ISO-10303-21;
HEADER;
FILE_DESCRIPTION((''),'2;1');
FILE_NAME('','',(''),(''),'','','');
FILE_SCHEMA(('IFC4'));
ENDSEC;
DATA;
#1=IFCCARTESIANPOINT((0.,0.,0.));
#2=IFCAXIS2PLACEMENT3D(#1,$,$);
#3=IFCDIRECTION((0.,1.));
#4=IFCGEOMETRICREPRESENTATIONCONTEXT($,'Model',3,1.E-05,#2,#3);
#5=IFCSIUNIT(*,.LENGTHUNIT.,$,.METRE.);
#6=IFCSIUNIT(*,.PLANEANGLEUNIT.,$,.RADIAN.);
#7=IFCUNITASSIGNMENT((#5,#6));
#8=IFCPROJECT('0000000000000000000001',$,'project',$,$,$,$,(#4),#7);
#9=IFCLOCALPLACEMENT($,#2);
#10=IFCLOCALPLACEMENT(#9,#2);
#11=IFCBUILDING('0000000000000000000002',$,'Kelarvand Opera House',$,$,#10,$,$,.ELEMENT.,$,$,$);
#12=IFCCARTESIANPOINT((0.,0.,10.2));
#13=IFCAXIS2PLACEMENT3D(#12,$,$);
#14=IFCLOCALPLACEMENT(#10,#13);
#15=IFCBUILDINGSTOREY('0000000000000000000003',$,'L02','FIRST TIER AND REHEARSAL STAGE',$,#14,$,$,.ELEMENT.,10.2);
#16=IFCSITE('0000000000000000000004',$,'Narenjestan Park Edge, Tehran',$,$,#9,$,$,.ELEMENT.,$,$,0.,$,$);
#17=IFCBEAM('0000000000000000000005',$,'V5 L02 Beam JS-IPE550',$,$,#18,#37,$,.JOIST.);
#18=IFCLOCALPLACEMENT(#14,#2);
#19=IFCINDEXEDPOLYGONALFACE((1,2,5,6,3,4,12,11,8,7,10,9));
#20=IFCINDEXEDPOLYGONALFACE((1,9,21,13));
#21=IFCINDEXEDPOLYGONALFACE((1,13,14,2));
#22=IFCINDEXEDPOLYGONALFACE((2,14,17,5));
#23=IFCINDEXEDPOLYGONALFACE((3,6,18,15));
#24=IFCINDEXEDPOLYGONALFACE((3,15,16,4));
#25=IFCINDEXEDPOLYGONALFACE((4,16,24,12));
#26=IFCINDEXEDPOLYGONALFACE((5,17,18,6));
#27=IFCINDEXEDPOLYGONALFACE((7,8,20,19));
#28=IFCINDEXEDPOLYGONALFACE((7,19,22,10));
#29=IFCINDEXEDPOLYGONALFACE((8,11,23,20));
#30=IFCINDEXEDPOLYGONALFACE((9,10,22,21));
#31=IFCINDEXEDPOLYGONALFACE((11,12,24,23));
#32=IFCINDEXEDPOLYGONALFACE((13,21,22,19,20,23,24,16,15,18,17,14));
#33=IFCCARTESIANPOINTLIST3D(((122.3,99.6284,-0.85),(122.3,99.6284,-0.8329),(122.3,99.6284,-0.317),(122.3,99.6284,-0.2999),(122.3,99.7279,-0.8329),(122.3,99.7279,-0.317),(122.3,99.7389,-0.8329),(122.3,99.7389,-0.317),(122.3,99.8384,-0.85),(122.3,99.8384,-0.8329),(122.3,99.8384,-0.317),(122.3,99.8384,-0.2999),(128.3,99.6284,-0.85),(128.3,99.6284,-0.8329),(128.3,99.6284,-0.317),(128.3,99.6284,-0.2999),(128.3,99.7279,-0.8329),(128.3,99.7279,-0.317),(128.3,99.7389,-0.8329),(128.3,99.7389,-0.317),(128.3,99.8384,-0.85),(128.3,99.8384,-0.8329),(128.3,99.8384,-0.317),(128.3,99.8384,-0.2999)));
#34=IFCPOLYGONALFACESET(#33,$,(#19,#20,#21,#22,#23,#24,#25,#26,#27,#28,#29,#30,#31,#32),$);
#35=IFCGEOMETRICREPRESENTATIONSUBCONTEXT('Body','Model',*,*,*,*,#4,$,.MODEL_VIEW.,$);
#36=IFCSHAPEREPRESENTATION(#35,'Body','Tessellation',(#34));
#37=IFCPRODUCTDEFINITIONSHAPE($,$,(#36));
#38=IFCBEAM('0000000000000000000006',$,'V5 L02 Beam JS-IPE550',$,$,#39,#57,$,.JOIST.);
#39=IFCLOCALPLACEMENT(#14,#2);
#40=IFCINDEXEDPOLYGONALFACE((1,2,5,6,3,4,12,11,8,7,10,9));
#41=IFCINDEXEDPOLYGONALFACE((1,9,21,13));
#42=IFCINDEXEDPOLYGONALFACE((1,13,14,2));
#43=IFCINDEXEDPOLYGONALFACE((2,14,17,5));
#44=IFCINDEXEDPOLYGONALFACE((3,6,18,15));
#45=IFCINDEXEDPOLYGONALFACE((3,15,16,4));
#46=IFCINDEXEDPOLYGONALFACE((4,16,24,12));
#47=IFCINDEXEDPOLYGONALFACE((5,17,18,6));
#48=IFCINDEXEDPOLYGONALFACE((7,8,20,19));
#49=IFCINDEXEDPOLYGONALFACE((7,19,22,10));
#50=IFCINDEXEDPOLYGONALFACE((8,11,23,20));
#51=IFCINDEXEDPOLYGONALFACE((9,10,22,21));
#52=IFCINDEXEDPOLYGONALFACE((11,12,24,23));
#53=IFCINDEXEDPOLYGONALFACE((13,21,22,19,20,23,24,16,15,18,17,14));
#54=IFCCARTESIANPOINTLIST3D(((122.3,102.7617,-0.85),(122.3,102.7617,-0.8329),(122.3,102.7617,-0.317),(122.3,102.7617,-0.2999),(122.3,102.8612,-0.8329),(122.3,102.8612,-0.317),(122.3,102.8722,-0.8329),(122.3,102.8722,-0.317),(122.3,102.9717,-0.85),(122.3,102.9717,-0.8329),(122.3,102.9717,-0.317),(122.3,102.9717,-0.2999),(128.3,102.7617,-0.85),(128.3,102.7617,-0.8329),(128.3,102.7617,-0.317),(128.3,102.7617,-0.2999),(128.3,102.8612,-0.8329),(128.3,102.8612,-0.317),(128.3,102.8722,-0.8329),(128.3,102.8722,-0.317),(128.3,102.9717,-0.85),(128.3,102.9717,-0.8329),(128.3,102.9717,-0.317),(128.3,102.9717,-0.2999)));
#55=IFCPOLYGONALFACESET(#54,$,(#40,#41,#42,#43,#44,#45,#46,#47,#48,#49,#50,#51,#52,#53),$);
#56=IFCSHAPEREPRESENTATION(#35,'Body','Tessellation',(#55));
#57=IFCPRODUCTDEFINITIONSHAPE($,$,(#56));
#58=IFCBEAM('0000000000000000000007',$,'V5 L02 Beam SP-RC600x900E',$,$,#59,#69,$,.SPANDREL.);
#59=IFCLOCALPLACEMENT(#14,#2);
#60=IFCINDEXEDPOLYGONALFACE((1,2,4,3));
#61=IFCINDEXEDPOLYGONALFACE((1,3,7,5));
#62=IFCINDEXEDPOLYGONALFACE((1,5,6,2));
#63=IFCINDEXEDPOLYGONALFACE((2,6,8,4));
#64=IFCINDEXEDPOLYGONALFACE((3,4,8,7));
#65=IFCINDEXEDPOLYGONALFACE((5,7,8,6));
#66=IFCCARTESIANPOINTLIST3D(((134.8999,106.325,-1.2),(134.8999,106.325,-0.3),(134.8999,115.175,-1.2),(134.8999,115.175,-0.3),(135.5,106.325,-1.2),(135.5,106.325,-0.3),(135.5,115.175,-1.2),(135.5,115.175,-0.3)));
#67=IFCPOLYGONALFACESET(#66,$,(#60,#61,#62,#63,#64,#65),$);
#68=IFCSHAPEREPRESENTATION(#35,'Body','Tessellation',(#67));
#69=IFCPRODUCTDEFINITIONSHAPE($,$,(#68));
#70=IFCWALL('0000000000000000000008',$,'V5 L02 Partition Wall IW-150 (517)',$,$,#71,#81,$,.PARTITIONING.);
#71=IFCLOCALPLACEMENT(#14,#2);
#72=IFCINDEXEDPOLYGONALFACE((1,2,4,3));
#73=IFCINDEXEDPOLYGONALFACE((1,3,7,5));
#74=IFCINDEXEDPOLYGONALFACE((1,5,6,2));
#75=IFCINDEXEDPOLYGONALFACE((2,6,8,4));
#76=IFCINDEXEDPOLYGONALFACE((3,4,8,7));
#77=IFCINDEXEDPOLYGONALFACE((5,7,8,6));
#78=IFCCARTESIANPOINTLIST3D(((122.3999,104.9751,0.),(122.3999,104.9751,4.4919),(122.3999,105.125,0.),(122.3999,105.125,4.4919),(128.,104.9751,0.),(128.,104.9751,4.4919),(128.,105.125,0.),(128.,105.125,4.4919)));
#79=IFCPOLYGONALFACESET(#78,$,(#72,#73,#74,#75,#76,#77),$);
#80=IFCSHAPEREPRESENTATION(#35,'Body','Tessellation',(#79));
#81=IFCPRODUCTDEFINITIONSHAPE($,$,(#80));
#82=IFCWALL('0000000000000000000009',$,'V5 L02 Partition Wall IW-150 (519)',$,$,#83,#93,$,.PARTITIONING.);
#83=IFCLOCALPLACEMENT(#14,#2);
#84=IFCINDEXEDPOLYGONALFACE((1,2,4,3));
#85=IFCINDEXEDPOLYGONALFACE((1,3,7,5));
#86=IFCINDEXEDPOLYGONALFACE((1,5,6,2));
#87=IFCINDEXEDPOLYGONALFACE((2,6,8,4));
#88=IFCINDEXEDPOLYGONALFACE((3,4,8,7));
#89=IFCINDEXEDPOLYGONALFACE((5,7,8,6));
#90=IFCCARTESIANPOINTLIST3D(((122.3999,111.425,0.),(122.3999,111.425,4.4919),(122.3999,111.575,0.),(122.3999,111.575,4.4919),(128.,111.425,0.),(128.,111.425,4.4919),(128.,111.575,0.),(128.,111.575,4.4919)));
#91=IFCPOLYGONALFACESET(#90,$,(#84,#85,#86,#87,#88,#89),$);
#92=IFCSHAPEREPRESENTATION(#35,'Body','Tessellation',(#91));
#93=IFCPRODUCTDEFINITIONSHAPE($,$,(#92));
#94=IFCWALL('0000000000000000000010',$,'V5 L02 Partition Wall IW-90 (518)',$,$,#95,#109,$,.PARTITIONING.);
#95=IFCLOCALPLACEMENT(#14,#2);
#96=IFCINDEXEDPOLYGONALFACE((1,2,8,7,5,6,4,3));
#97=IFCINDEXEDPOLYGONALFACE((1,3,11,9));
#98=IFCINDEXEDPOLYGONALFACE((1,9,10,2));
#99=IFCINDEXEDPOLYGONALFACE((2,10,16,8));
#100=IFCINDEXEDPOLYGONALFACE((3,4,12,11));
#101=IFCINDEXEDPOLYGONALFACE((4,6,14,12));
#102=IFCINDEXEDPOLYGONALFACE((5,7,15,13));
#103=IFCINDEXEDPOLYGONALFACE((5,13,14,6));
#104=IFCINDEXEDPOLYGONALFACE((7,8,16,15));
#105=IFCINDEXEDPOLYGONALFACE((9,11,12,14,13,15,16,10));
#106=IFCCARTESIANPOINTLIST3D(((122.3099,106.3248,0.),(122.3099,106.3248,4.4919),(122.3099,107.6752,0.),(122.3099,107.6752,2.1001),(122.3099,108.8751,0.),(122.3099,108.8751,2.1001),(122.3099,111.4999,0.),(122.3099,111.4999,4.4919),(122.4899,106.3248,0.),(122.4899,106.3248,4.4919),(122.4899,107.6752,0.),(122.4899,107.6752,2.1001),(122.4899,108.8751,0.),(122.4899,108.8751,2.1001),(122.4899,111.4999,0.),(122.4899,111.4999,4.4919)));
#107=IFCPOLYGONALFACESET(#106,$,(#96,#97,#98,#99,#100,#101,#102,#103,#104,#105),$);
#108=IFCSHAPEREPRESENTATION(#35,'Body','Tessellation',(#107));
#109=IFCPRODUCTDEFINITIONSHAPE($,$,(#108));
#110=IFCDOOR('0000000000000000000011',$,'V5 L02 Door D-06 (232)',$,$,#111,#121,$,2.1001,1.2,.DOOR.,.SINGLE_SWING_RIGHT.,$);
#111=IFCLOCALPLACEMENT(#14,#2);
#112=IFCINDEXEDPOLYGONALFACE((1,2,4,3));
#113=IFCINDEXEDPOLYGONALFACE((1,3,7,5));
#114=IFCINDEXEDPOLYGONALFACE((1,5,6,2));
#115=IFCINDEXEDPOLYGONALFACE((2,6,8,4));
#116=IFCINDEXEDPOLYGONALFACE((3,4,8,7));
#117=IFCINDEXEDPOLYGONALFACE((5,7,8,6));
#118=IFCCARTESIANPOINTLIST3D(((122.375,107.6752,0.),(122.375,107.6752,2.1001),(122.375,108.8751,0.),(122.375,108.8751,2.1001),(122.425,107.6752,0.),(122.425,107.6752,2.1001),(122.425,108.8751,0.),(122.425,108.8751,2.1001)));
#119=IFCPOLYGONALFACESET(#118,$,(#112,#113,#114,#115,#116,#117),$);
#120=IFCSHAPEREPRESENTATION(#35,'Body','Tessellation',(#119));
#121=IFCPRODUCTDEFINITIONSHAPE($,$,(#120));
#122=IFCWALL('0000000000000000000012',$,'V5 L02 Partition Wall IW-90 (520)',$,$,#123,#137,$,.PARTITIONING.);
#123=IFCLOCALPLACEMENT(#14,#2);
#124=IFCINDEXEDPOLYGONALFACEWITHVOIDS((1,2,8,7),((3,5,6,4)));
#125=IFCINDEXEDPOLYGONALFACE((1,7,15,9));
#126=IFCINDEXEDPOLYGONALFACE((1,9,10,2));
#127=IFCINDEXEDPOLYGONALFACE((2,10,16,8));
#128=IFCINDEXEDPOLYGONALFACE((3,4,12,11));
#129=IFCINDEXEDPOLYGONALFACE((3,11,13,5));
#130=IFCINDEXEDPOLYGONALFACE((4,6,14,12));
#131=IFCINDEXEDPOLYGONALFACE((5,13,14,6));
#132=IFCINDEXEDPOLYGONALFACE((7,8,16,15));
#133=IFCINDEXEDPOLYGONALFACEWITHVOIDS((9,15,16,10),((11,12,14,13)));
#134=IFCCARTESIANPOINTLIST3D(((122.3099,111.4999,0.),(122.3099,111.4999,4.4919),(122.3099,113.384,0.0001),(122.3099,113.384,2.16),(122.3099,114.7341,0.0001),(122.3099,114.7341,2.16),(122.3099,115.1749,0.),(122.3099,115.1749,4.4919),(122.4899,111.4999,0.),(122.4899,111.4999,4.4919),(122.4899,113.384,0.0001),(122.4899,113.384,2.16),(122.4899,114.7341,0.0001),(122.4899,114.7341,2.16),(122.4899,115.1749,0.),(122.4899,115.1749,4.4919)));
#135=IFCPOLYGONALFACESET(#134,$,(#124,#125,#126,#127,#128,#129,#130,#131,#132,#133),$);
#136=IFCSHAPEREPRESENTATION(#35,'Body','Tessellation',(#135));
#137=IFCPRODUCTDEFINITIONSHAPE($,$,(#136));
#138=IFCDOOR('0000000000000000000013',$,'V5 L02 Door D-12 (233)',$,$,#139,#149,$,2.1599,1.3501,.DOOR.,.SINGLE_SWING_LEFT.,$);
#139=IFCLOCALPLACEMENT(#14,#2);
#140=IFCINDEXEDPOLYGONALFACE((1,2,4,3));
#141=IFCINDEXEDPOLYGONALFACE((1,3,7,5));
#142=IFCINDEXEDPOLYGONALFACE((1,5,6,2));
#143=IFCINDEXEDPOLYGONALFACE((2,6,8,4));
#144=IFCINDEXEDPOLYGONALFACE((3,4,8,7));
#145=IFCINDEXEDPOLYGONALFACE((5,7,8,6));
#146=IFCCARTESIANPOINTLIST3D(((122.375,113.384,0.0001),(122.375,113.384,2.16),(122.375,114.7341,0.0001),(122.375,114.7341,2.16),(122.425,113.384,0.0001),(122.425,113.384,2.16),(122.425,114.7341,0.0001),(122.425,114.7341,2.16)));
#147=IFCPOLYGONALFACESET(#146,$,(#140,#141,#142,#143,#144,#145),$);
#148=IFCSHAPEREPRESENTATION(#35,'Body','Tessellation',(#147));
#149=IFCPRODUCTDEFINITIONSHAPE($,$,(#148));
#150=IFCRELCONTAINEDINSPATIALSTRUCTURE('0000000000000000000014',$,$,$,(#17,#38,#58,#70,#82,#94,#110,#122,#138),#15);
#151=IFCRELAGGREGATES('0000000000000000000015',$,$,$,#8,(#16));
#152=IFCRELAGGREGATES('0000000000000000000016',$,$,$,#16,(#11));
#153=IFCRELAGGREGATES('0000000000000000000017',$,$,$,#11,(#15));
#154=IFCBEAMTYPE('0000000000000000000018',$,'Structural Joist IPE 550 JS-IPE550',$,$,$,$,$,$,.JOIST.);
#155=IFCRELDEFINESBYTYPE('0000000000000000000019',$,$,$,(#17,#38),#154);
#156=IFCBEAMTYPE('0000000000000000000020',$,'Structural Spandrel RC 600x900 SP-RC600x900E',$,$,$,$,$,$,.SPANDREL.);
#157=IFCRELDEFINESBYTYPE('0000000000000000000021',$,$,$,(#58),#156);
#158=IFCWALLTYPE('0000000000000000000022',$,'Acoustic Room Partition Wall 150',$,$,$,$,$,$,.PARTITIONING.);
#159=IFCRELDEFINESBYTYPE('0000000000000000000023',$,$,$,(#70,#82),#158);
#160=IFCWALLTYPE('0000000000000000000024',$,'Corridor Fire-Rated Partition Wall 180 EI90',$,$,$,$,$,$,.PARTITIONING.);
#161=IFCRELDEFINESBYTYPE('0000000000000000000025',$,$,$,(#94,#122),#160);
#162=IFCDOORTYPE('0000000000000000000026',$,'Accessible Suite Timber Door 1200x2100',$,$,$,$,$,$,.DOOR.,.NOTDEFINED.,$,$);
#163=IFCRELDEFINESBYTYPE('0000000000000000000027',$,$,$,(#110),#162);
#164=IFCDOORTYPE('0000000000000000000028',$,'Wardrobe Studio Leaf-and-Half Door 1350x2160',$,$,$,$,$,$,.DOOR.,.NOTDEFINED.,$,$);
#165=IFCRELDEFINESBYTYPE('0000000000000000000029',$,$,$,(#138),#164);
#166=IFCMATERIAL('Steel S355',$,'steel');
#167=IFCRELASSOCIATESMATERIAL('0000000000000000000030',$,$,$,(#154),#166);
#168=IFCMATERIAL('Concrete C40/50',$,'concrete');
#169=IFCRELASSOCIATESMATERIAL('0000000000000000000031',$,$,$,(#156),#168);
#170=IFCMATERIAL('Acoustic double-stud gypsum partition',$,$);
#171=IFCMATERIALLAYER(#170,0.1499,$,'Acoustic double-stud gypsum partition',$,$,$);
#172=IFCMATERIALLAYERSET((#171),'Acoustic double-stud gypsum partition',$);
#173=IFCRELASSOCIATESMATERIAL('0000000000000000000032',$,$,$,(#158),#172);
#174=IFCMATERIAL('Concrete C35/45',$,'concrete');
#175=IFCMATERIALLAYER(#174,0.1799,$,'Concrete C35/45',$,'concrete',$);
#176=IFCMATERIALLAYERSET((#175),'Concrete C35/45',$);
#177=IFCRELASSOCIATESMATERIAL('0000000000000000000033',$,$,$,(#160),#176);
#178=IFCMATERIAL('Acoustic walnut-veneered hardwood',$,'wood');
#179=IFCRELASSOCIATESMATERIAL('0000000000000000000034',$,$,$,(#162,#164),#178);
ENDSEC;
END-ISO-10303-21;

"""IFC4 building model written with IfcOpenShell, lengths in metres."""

from ifc_helpers import new_model, si_unit, direction, frame, frame_2d, origin, origin_2d, place, context, subcontext, project, spatial, rectangle, i_section, extrude, material, layer, layer_set, material_profile, profile_set, type_object, element, fill, save


model = new_model("IFC4")

# Units and contexts
model_context = context("Model", 3, precision=1e-05, world=origin(), true_north=direction((0.0, 1.0)))
body_context = subcontext(model_context, "Body", "Model", "MODEL_VIEW")
ifc_project = project(units=[si_unit("LENGTHUNIT", "METRE"), si_unit("PLANEANGLEUNIT", "RADIAN")], contexts=[model_context])

# Site, building, storey
site_placement = place(None, origin())
site = spatial("IfcSite", under=ifc_project, at=site_placement, Name="Narenjestan Park Edge, Tehran", CompositionType="ELEMENT", RefElevation=0.0)
building_placement = place(site_placement, origin())
building = spatial("IfcBuilding", under=site, at=building_placement, Name="Kelarvand Opera House", CompositionType="ELEMENT")
storey_placement = place(building_placement, frame((0.0, 0.0, 10.2)))
storey = spatial("IfcBuildingStorey", under=building, at=storey_placement, Name="L02", Description="FIRST TIER AND REHEARSAL STAGE", CompositionType="ELEMENT", Elevation=10.2)

# Shared definitions
ifc_material_1 = material(Name="Concrete C40/50", Category="concrete")

# Beams
ifc_material_2 = material(Name="Concrete C35/45", Category="concrete")
ifc_material_3 = material(Name="Steel S355", Category="steel")
ifc_material_profile_1 = material_profile(ifc_material_3, i_section(OverallWidth=0.21, OverallDepth=0.55, WebThickness=0.011, FlangeThickness=0.0171, at=origin_2d()), Name="IPE 550", Category="steel")
ifc_profile_set_1 = profile_set([ifc_material_profile_1], Name="Steel S355")
beam_type_1 = type_object("IfcBeamType", Name="Structural Joist IPE 550 JS-IPE550", PredefinedType="JOIST", material=ifc_profile_set_1)
for number, where, z_axis, x_axis, name in (
    (1, (122.3, 99.7334, -0.575), (1.0, 0.0, 0.0), (0.0, 1.0, 0.0), "V5 L02 Beam JS-IPE550"),
    (2, (122.3, 102.8667, -0.575), (1.0, 0.0, 0.0), (0.0, 1.0, 0.0), "V5 L02 Beam JS-IPE550"),
):
    element("IfcBeam", number, at=place(storey_placement, frame(where, z_axis=z_axis, x_axis=x_axis)), inside=storey, type_object=beam_type_1, Name=name, PredefinedType="JOIST", context=body_context, shape_type="SweptSolid", body=[
        extrude(i_section(OverallWidth=0.21, OverallDepth=0.55, WebThickness=0.011, FlangeThickness=0.0171, at=origin_2d()), origin(), (0.0, 0.0, 1.0), 6.0),
    ])
ifc_material_profile_2 = material_profile(ifc_material_1, rectangle(XDim=0.6001, YDim=0.8999, at=origin_2d()), Name="RC 600x900", Category="concrete")
ifc_profile_set_2 = profile_set([ifc_material_profile_2], Name="Concrete C40/50")
beam_type_2 = type_object("IfcBeamType", Name="Structural Spandrel RC 600x900 SP-RC600x900E", PredefinedType="SPANDREL", material=ifc_profile_set_2)
beam_1_placement = place(storey_placement, frame((135.2, 106.325, -0.75), z_axis=(0.0, 1.0, 0.0), x_axis=(-1.0, 0.0, 0.0)))
element("IfcBeam", 3, at=beam_1_placement, inside=storey, type_object=beam_type_2, Name="V5 L02 Beam SP-RC600x900E", PredefinedType="SPANDREL", context=body_context, shape_type="SweptSolid", body=[
    extrude(rectangle(XDim=0.6001, YDim=0.8999, at=origin_2d()), origin(), (0.0, 0.0, 1.0), 8.8501),
])

# Walls
ifc_material_4 = material(Name="Acoustic double-stud gypsum partition")
ifc_layer_1 = layer(ifc_material_4, 0.1499, Name="Acoustic double-stud gypsum partition")
ifc_layer_set_1 = layer_set([ifc_layer_1], Name="Acoustic double-stud gypsum partition")
wall_type_1 = type_object("IfcWallType", Name="Acoustic Room Partition Wall 150", PredefinedType="PARTITIONING", material=ifc_layer_set_1)
for number, where, z_axis, x_axis, name in (
    (4, (122.3999, 105.05, 0.0), (0.0, 0.0, 1.0), (1.0, 0.0, 0.0), "V5 L02 Partition Wall IW-150 (517)"),
    (5, (122.3999, 111.5, 0.0), (0.0, 0.0, 1.0), (1.0, 0.0, 0.0), "V5 L02 Partition Wall IW-150 (519)"),
):
    element("IfcWall", number, at=place(storey_placement, frame(where, z_axis=z_axis, x_axis=x_axis)), inside=storey, type_object=wall_type_1, Name=name, PredefinedType="PARTITIONING", context=body_context, shape_type="SweptSolid", body=[
        extrude(rectangle(XDim=5.6001, YDim=0.1499, at=frame_2d((2.8, 0.0))), origin(), (0.0, 0.0, 1.0), 4.4919),
    ])

# Walls, openings, doors
ifc_layer_2 = layer(ifc_material_2, 0.1799, Name="Concrete C35/45", Category="concrete")
ifc_layer_set_2 = layer_set([ifc_layer_2], Name="Concrete C35/45")
wall_type_2 = type_object("IfcWallType", Name="Corridor Fire-Rated Partition Wall 180 EI90", PredefinedType="PARTITIONING", material=ifc_layer_set_2)
wall_1_placement = place(storey_placement, frame((122.3999, 106.325, 0.0), z_axis=(0.0, 0.0, 1.0), x_axis=(0.0, 1.0, 0.0)))
wall_1 = element("IfcWall", 6, at=wall_1_placement, inside=storey, type_object=wall_type_2, Name="V5 L02 Partition Wall IW-90 (518)", PredefinedType="PARTITIONING", context=body_context, shape_type="SweptSolid", body=[
    extrude(rectangle(XDim=5.175, YDim=0.1799, at=frame_2d((2.5874, 0.0))), origin(), (0.0, 0.0, 1.0), 4.4919),
])
opening_1_placement = place(wall_1_placement, frame((1.3501, 0.0, 0.0)))
opening_1 = element("IfcOpeningElement", 7, at=opening_1_placement, cuts=wall_1, PredefinedType="OPENING", context=body_context, shape_type="SweptSolid", body=[
    extrude(rectangle(XDim=1.2, YDim=2.1001, at=frame_2d((0.6001, 1.05))), frame((0.0, 0.1001, 0.0), z_axis=(0.0, -1.0, 0.0), x_axis=(1.0, 0.0, 0.0)), (0.0, 0.0, 1.0), 0.2),
])
ifc_material_5 = material(Name="Acoustic walnut-veneered hardwood", Category="wood")
door_type_1 = type_object("IfcDoorType", Name="Accessible Suite Timber Door 1200x2100", OperationType="NOTDEFINED", PredefinedType="DOOR", material=ifc_material_5)
door_1_placement = place(opening_1_placement, origin())
door_1 = element("IfcDoor", 8, at=door_1_placement, inside=storey, type_object=door_type_1, Name="V5 L02 Door D-06 (232)", OperationType="SINGLE_SWING_RIGHT", OverallHeight=2.1001, OverallWidth=1.2, PredefinedType="DOOR", context=body_context, shape_type="SweptSolid", body=[
    extrude(rectangle(XDim=1.2, YDim=2.1001, at=frame_2d((0.6001, 1.05))), frame((0.0, 0.0249, 0.0), z_axis=(0.0, -1.0, 0.0), x_axis=(1.0, 0.0, 0.0)), (0.0, 0.0, 1.0), 0.05),
])
fill(opening_1, door_1)
wall_2_placement = place(storey_placement, frame((122.3999, 111.5, 0.0), z_axis=(0.0, 0.0, 1.0), x_axis=(0.0, 1.0, 0.0)))
wall_2 = element("IfcWall", 9, at=wall_2_placement, inside=storey, type_object=wall_type_2, Name="V5 L02 Partition Wall IW-90 (520)", PredefinedType="PARTITIONING", context=body_context, shape_type="SweptSolid", body=[
    extrude(rectangle(XDim=3.675, YDim=0.1799, at=frame_2d((1.8374, 0.0))), origin(), (0.0, 0.0, 1.0), 4.4919),
])
opening_2_placement = place(wall_2_placement, frame((1.884, 0.0, 0.0)))
opening_2 = element("IfcOpeningElement", 10, at=opening_2_placement, cuts=wall_2, PredefinedType="OPENING", context=body_context, shape_type="SweptSolid", body=[
    extrude(rectangle(XDim=1.3501, YDim=2.1599, at=frame_2d((0.675, 1.0801))), frame((0.0, 0.1001, 0.0), z_axis=(0.0, -1.0, 0.0), x_axis=(1.0, 0.0, 0.0)), (0.0, 0.0, 1.0), 0.2),
])
door_type_2 = type_object("IfcDoorType", Name="Wardrobe Studio Leaf-and-Half Door 1350x2160", OperationType="NOTDEFINED", PredefinedType="DOOR", material=ifc_material_5)
door_2_placement = place(opening_2_placement, origin())
door_2 = element("IfcDoor", 11, at=door_2_placement, inside=storey, type_object=door_type_2, Name="V5 L02 Door D-12 (233)", OperationType="SINGLE_SWING_LEFT", OverallHeight=2.1599, OverallWidth=1.3501, PredefinedType="DOOR", context=body_context, shape_type="SweptSolid", body=[
    extrude(rectangle(XDim=1.3501, YDim=2.1599, at=frame_2d((0.675, 1.0801))), frame((0.0, 0.0249, 0.0), z_axis=(0.0, -1.0, 0.0), x_axis=(1.0, 0.0, 0.0)), (0.0, 0.0, 1.0), 0.05),
])
fill(opening_2, door_2)

save(model, "model.ifc")
